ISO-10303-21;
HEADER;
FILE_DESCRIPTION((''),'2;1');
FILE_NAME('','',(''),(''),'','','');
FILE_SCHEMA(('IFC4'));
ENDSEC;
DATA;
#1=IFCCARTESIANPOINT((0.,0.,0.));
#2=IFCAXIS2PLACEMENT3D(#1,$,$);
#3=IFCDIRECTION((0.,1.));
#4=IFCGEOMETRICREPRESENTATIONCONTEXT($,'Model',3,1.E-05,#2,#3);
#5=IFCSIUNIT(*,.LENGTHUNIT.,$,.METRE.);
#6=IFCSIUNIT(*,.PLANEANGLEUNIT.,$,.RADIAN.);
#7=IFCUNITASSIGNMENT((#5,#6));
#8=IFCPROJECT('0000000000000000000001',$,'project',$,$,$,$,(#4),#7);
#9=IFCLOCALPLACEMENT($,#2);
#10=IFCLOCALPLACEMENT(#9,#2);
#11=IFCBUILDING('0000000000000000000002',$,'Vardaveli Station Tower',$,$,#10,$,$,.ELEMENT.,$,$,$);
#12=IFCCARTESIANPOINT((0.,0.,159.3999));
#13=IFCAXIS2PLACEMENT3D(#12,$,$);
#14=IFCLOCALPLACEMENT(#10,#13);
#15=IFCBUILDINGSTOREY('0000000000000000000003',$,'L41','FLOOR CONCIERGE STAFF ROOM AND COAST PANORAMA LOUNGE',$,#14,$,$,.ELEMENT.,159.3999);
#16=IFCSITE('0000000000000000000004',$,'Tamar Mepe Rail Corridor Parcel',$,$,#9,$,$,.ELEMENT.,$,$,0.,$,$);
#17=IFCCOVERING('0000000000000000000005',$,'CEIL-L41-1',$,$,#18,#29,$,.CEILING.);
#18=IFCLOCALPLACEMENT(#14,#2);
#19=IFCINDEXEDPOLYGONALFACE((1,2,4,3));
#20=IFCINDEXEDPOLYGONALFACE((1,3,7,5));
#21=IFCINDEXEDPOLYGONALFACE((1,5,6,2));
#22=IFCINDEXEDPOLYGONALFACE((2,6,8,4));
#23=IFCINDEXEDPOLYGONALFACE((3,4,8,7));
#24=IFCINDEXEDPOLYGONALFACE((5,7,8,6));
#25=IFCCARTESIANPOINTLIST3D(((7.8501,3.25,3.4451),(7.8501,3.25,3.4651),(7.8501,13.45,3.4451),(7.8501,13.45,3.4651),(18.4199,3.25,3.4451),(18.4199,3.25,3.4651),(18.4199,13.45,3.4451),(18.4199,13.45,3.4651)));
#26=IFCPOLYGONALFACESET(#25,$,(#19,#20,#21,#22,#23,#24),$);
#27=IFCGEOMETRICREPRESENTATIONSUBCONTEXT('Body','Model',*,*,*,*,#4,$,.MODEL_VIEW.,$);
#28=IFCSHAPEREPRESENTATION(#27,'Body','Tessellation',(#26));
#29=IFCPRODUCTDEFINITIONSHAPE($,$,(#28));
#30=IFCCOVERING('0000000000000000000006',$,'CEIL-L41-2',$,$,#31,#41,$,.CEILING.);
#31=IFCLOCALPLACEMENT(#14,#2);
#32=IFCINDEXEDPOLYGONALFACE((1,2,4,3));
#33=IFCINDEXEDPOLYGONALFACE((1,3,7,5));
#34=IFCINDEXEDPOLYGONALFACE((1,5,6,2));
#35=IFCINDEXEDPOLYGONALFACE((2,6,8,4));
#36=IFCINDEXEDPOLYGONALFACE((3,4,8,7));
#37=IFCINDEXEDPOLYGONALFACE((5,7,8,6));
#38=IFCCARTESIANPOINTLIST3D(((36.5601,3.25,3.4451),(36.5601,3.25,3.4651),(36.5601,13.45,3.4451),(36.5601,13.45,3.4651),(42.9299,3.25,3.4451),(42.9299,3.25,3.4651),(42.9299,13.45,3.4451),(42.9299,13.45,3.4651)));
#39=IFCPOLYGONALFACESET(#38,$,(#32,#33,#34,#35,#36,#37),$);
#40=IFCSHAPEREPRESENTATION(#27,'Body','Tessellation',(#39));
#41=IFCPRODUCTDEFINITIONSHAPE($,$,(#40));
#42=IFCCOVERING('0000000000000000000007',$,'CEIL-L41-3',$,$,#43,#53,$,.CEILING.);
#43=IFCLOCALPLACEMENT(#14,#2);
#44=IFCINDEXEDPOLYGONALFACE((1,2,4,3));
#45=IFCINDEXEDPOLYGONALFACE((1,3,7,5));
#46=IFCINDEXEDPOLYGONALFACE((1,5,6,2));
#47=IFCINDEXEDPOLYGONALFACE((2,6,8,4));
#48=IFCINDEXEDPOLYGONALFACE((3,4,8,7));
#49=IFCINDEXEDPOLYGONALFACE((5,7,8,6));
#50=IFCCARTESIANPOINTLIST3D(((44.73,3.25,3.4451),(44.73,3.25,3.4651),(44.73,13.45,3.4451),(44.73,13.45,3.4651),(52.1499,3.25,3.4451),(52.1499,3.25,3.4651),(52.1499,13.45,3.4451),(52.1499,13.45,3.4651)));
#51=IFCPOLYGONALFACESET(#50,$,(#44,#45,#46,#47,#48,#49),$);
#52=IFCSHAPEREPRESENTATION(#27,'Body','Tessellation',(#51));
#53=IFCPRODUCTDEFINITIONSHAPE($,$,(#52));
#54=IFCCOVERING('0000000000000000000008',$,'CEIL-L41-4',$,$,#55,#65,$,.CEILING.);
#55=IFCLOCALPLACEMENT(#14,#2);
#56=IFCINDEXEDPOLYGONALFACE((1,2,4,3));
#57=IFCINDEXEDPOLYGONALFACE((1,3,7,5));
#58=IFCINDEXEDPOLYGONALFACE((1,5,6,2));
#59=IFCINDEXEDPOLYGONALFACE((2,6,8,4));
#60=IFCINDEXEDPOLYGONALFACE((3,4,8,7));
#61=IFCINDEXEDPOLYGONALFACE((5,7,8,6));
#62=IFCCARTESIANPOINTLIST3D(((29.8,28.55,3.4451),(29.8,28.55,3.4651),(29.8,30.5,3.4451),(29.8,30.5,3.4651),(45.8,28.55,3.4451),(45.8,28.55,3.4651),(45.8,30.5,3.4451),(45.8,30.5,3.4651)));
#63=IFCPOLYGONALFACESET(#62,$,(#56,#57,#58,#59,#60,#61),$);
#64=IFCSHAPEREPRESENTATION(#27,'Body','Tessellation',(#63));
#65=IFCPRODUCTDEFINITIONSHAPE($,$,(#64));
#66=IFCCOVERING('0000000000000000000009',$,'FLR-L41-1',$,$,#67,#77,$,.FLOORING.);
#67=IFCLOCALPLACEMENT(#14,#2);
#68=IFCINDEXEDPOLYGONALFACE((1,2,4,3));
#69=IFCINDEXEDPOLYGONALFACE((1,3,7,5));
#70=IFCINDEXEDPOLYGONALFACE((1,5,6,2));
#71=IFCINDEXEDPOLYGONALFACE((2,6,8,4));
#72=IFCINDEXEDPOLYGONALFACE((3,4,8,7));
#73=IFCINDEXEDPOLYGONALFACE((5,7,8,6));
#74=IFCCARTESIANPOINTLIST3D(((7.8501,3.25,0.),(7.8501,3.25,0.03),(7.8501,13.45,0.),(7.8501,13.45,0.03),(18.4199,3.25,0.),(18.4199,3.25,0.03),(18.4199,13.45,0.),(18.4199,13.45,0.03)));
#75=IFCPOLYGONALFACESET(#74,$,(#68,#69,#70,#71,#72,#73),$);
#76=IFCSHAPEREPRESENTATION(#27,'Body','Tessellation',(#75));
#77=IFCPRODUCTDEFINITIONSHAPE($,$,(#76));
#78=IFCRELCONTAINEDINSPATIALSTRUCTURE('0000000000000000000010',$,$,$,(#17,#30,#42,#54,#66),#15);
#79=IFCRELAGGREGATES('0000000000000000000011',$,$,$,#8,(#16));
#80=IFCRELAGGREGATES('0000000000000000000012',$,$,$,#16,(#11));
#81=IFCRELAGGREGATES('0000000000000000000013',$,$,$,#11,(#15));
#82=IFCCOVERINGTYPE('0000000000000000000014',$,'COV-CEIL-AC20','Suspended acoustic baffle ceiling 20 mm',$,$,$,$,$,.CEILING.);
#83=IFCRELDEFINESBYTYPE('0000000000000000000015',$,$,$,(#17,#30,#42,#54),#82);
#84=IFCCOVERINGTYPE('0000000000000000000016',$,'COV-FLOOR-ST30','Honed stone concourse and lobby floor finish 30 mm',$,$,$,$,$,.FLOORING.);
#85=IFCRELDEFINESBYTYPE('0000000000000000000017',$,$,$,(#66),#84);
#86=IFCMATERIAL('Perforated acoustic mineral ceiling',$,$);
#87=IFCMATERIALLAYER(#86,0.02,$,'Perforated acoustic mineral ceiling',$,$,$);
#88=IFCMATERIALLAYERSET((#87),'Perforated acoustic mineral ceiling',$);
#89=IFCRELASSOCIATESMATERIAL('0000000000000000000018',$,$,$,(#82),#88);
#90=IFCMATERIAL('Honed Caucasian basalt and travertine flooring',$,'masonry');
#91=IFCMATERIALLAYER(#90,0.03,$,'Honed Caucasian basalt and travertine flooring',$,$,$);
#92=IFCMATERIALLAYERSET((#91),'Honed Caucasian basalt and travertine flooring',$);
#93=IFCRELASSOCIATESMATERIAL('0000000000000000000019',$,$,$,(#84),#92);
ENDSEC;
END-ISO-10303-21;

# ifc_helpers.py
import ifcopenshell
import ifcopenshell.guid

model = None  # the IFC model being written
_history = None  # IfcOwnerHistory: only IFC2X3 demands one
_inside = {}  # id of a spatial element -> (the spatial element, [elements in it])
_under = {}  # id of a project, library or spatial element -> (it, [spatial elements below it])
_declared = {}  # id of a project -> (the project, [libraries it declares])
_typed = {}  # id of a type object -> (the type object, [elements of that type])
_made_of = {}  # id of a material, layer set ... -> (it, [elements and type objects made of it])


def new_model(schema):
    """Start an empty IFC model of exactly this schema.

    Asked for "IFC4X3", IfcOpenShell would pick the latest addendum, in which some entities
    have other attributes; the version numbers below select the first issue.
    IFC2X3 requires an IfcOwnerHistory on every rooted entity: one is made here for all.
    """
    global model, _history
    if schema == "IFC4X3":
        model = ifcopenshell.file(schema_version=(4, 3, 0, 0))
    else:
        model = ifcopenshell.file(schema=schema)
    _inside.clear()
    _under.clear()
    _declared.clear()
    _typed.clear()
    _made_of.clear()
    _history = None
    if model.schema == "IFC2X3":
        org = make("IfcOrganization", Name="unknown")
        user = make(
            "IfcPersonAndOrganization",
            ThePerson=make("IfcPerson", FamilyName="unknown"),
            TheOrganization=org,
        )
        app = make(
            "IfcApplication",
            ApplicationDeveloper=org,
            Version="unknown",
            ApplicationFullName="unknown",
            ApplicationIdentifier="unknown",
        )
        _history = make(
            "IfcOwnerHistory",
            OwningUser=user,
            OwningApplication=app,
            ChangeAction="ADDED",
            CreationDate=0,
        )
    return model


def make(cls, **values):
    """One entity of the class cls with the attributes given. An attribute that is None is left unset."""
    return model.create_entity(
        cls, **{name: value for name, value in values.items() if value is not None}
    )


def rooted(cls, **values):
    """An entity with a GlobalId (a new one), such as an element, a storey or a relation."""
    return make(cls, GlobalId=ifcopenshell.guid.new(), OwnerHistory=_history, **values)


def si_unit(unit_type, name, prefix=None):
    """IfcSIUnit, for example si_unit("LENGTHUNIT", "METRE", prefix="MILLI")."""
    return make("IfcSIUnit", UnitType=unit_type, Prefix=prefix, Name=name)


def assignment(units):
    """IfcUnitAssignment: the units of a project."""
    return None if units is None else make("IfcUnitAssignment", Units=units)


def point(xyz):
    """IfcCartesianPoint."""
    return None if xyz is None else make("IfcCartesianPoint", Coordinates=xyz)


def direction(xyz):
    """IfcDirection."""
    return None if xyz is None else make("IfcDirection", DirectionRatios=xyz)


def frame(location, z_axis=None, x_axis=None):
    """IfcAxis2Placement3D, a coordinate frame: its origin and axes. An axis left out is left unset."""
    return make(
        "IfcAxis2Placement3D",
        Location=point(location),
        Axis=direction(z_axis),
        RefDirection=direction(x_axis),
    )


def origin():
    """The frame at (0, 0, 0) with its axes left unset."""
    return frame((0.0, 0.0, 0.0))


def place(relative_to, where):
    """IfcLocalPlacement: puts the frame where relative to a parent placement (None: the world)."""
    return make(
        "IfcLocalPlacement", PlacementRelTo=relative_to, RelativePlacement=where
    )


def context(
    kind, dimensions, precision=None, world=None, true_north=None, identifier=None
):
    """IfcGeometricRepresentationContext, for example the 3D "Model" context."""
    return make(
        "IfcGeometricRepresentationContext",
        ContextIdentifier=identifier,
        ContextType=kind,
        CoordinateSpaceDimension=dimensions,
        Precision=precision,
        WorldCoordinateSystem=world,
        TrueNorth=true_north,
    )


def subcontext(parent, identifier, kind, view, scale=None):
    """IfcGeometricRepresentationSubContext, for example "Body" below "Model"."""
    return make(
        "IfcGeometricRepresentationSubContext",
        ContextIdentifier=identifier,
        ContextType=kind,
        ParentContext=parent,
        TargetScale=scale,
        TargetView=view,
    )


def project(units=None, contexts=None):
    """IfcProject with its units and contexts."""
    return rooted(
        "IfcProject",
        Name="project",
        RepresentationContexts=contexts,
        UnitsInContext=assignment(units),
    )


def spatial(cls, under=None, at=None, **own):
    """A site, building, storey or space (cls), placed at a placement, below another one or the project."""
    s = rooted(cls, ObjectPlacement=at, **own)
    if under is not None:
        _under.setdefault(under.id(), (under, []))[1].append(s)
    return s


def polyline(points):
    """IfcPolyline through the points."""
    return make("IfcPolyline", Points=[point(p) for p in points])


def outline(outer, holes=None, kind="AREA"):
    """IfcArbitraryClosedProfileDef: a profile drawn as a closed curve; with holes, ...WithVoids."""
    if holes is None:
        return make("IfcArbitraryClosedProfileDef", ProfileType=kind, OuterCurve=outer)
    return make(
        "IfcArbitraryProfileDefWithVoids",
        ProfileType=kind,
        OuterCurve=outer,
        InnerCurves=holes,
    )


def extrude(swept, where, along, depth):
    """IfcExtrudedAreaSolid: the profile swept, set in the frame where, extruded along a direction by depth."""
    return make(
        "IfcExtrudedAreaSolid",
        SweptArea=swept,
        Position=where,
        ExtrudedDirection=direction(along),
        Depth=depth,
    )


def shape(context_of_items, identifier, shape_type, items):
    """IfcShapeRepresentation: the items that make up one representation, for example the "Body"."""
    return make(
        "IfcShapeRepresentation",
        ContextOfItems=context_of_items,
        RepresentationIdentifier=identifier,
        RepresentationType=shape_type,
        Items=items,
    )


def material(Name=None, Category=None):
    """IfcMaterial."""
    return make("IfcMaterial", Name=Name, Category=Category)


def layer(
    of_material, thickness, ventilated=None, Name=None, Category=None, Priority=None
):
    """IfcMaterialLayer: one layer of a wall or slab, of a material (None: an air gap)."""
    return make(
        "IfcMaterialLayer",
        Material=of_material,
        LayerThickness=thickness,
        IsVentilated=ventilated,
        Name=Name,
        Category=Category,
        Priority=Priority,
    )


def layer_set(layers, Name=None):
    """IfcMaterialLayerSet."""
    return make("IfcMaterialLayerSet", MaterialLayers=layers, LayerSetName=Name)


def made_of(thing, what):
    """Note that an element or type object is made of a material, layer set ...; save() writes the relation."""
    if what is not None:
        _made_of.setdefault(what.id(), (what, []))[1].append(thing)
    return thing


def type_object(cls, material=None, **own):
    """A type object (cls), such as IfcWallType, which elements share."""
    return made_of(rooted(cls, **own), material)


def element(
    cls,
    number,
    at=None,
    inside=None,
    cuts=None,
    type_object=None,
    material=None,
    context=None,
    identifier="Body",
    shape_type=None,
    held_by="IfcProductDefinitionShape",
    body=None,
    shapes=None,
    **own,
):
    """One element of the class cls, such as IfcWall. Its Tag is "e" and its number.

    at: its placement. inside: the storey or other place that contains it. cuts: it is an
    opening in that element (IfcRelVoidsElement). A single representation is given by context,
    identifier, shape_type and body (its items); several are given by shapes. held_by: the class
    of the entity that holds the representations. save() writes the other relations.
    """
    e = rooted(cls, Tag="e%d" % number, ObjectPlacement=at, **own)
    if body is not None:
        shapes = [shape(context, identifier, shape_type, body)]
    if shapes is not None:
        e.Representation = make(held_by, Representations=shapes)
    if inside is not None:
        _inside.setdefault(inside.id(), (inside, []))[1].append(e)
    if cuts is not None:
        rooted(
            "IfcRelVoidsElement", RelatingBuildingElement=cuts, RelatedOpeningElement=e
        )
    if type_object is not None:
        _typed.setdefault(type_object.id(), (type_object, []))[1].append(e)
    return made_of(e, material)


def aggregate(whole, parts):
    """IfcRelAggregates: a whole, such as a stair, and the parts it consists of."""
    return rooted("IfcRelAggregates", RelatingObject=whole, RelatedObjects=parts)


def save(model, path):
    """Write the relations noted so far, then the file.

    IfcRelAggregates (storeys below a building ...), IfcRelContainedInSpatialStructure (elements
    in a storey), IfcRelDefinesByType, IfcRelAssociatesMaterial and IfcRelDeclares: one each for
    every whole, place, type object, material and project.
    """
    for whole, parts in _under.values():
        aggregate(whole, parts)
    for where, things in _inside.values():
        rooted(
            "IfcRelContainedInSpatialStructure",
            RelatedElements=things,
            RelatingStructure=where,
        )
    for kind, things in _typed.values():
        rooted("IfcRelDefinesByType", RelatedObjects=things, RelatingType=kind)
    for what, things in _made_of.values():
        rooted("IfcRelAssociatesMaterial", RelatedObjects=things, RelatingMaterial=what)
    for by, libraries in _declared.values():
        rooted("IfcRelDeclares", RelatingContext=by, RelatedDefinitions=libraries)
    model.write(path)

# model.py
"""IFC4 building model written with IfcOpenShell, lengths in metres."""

from ifc_helpers import new_model, si_unit, direction, frame, origin, place, context, subcontext, project, spatial, polyline, outline, extrude, material, layer, layer_set, type_object, element, save


model = new_model("IFC4")

# Units and contexts
model_context = context("Model", 3, precision=1e-05, world=origin(), true_north=direction((0.0, 1.0)))
body_context = subcontext(model_context, "Body", "Model", "MODEL_VIEW")
ifc_project = project(units=[si_unit("LENGTHUNIT", "METRE"), si_unit("PLANEANGLEUNIT", "RADIAN")], contexts=[model_context])

# Site, building, storey
site_placement = place(None, origin())
site = spatial("IfcSite", under=ifc_project, at=site_placement, Name="Tamar Mepe Rail Corridor Parcel", CompositionType="ELEMENT", RefElevation=0.0)
building_placement = place(site_placement, origin())
building = spatial("IfcBuilding", under=site, at=building_placement, Name="Vardaveli Station Tower", CompositionType="ELEMENT")
storey_placement = place(building_placement, frame((0.0, 0.0, 159.3999)))
storey = spatial("IfcBuildingStorey", under=building, at=storey_placement, Name="L41", Description="FLOOR CONCIERGE STAFF ROOM AND COAST PANORAMA LOUNGE", CompositionType="ELEMENT", Elevation=159.3999)

# Coverings
ifc_material_1 = material(Name="Perforated acoustic mineral ceiling")
ifc_layer_1 = layer(ifc_material_1, 0.02, Name="Perforated acoustic mineral ceiling")
ifc_layer_set_1 = layer_set([ifc_layer_1], Name="Perforated acoustic mineral ceiling")
covering_type_1 = type_object("IfcCoveringType", Name="COV-CEIL-AC20", Description="Suspended acoustic baffle ceiling 20 mm", PredefinedType="CEILING", material=ifc_layer_set_1)
covering_1_placement = place(storey_placement, frame((0.0, 0.0, 3.4451)))
element("IfcCovering", 1, at=covering_1_placement, inside=storey, type_object=covering_type_1, Name="CEIL-L41-1", PredefinedType="CEILING", context=body_context, shape_type="SweptSolid", body=[
    extrude(outline(polyline([(7.8501, 3.25), (18.4199, 3.25), (18.4199, 13.45), (7.8501, 13.45), (7.8501, 3.25)])), origin(), (0.0, 0.0, 1.0), 0.02),
])
covering_2_placement = place(storey_placement, frame((0.0, 0.0, 3.4451)))
element("IfcCovering", 2, at=covering_2_placement, inside=storey, type_object=covering_type_1, Name="CEIL-L41-2", PredefinedType="CEILING", context=body_context, shape_type="SweptSolid", body=[
    extrude(outline(polyline([(36.5601, 3.25), (42.9299, 3.25), (42.9299, 13.45), (36.5601, 13.45), (36.5601, 3.25)])), origin(), (0.0, 0.0, 1.0), 0.02),
])
covering_3_placement = place(storey_placement, frame((0.0, 0.0, 3.4451)))
element("IfcCovering", 3, at=covering_3_placement, inside=storey, type_object=covering_type_1, Name="CEIL-L41-3", PredefinedType="CEILING", context=body_context, shape_type="SweptSolid", body=[
    extrude(outline(polyline([(44.73, 3.25), (52.1499, 3.25), (52.1499, 13.45), (44.73, 13.45), (44.73, 3.25)])), origin(), (0.0, 0.0, 1.0), 0.02),
])
covering_4_placement = place(storey_placement, frame((0.0, 0.0, 3.4451)))
element("IfcCovering", 4, at=covering_4_placement, inside=storey, type_object=covering_type_1, Name="CEIL-L41-4", PredefinedType="CEILING", context=body_context, shape_type="SweptSolid", body=[
    extrude(outline(polyline([(29.8, 28.55), (45.8, 28.55), (45.8, 30.5), (29.8, 30.5), (29.8, 28.55)])), origin(), (0.0, 0.0, 1.0), 0.02),
])
ifc_material_2 = material(Name="Honed Caucasian basalt and travertine flooring", Category="masonry")
ifc_layer_2 = layer(ifc_material_2, 0.03, Name="Honed Caucasian basalt and travertine flooring")
ifc_layer_set_2 = layer_set([ifc_layer_2], Name="Honed Caucasian basalt and travertine flooring")
covering_type_2 = type_object("IfcCoveringType", Name="COV-FLOOR-ST30", Description="Honed stone concourse and lobby floor finish 30 mm", PredefinedType="FLOORING", material=ifc_layer_set_2)
covering_5_placement = place(storey_placement, origin())
element("IfcCovering", 5, at=covering_5_placement, inside=storey, type_object=covering_type_2, Name="FLR-L41-1", PredefinedType="FLOORING", context=body_context, shape_type="SweptSolid", body=[
    extrude(outline(polyline([(7.8501, 3.25), (18.4199, 3.25), (18.4199, 13.45), (7.8501, 13.45), (7.8501, 3.25)])), origin(), (0.0, 0.0, 1.0), 0.03),
])

save(model, "model.ifc")
